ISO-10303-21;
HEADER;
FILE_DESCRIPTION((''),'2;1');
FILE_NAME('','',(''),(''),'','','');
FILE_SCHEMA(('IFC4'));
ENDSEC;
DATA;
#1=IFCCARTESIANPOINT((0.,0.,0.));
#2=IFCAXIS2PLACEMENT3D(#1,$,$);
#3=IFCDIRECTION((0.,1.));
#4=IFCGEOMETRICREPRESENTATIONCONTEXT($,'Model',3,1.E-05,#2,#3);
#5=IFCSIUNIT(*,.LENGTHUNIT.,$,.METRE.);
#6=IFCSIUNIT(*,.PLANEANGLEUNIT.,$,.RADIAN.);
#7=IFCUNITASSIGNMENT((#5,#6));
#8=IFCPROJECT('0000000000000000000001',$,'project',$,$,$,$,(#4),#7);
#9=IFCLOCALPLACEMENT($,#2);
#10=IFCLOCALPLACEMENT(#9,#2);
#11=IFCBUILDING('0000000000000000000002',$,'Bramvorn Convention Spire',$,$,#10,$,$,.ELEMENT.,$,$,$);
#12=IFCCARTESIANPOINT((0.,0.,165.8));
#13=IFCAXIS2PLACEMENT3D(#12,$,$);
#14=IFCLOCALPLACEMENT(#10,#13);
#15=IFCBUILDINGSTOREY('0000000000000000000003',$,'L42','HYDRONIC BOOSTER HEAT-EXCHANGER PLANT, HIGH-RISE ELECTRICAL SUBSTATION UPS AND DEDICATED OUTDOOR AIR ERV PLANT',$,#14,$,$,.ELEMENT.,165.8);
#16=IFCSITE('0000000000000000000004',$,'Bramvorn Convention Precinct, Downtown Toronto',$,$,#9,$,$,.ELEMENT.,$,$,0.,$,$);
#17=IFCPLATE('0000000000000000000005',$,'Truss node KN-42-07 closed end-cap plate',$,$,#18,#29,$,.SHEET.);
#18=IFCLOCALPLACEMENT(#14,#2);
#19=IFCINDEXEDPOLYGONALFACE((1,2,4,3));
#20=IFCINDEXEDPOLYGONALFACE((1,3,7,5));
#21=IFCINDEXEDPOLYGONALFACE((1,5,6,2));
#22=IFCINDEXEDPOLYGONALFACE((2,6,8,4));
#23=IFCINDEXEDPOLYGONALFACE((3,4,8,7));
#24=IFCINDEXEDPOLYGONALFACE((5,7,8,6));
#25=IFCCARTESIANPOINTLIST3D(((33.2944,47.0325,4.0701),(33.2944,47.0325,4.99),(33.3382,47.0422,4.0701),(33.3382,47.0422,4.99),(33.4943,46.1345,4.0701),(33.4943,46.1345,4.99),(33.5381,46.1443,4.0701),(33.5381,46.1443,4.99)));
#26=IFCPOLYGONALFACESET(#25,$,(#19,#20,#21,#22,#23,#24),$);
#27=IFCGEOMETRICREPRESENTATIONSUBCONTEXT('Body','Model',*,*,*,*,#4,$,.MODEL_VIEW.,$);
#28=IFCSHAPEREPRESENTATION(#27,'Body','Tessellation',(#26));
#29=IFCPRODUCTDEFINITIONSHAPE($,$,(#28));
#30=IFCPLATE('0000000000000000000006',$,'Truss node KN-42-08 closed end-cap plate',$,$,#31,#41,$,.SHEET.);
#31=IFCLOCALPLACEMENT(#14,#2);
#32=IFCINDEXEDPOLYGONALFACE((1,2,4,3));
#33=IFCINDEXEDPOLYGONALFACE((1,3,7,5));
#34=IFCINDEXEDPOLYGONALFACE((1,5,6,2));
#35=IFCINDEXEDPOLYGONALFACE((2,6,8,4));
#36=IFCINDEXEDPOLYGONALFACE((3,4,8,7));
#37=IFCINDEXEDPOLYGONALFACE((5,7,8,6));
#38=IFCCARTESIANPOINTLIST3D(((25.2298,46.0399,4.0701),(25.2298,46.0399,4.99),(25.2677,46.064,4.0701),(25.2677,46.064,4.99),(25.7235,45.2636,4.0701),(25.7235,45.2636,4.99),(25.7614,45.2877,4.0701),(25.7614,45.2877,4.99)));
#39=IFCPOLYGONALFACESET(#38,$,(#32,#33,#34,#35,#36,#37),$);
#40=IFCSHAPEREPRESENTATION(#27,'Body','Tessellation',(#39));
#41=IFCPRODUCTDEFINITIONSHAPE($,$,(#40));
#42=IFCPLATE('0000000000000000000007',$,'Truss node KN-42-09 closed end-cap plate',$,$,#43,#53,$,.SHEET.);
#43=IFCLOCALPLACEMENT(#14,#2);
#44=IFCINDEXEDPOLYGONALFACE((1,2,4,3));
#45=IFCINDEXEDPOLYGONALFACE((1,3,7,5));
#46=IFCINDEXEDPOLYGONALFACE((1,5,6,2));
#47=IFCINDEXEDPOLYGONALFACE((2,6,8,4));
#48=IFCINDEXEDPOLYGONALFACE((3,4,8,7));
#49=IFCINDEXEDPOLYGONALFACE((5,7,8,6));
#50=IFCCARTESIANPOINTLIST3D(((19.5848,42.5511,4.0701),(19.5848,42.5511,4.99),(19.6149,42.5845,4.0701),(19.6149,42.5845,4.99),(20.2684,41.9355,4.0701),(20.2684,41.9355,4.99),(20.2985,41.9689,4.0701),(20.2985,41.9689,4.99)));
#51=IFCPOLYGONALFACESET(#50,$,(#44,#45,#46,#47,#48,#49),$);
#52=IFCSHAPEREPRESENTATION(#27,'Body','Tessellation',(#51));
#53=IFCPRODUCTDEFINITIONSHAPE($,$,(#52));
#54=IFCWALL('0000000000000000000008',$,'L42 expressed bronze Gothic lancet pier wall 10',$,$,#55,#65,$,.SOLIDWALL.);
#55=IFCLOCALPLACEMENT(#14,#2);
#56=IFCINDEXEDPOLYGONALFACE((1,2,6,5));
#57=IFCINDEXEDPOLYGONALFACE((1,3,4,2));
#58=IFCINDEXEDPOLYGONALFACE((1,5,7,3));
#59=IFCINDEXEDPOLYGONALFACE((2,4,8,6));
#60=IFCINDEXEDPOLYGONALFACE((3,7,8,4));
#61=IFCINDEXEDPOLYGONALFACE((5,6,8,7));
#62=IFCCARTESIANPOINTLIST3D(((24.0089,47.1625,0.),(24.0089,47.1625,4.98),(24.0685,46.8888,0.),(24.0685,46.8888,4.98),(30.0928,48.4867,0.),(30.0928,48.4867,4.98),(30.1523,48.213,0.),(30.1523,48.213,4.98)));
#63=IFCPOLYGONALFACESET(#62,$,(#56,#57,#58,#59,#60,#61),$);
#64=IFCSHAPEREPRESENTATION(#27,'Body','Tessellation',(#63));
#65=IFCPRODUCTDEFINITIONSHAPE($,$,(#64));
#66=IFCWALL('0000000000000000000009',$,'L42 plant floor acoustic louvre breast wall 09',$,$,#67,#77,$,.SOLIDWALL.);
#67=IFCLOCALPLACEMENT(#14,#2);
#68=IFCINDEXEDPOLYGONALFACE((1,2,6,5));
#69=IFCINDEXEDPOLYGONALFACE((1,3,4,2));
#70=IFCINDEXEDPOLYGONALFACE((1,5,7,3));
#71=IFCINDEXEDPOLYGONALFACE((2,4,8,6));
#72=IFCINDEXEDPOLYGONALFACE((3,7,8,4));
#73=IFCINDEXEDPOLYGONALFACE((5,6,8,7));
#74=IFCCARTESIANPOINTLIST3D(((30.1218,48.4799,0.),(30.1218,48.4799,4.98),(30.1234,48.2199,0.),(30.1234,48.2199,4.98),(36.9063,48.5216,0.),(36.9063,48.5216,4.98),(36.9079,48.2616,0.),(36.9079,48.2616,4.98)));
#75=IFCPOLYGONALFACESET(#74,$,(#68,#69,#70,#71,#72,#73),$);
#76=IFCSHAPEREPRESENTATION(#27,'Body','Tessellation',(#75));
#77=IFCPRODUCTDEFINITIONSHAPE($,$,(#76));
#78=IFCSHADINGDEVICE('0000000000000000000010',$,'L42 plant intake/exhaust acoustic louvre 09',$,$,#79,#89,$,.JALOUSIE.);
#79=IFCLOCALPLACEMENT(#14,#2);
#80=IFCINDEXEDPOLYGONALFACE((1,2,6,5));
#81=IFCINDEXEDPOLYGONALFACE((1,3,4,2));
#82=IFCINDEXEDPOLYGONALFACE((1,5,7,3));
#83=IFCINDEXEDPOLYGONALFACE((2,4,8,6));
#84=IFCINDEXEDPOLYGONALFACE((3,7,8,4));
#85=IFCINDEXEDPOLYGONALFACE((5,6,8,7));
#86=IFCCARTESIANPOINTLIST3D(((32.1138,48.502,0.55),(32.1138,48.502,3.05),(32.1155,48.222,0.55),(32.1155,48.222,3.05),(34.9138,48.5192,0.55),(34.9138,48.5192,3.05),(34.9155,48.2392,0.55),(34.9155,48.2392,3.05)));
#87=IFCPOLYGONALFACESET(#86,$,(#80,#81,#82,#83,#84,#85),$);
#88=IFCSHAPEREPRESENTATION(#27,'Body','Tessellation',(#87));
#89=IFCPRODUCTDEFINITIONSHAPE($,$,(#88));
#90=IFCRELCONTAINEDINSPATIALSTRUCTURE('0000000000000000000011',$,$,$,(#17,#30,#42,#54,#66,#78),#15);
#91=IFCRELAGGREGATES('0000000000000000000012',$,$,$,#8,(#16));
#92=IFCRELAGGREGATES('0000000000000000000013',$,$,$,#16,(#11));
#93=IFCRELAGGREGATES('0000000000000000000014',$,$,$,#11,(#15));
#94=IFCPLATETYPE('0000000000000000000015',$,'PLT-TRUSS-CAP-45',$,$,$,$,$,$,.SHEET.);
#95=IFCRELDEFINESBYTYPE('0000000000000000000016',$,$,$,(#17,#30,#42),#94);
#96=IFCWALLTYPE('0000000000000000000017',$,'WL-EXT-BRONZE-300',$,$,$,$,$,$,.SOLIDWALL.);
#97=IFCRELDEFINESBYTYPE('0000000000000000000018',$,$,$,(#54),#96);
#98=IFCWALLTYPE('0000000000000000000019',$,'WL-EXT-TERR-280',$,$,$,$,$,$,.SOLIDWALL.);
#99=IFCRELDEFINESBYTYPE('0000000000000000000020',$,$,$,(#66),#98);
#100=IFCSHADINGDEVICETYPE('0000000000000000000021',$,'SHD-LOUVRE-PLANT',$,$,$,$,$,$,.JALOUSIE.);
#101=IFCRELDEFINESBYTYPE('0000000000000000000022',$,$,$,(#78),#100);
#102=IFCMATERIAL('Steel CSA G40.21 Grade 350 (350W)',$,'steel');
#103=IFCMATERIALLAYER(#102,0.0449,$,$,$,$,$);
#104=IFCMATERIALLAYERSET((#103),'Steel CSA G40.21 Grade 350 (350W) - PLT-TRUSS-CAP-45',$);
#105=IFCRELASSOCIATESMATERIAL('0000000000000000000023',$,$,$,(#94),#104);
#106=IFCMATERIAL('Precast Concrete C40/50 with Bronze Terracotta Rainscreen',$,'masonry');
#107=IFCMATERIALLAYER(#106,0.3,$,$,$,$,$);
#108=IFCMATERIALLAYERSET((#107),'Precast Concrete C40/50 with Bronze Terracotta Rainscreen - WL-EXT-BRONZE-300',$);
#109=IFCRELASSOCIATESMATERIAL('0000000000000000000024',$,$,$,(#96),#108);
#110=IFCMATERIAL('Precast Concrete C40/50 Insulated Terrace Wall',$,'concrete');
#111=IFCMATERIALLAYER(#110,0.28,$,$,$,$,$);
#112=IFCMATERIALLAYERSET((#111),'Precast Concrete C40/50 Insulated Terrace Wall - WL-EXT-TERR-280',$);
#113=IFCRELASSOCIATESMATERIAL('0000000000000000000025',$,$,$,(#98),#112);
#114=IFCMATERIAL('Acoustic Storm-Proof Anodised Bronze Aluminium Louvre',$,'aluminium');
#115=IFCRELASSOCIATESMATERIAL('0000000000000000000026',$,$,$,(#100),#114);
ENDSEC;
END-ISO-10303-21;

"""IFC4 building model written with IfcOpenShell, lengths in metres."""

from ifc_helpers import new_model, si_unit, direction, frame, frame_2d, origin, origin_2d, place, context, subcontext, project, spatial, rectangle, extrude, material, layer, layer_set, type_object, element, save


model = new_model("IFC4")

# Units and contexts
model_context = context("Model", 3, precision=1e-05, world=origin(), true_north=direction((0.0, 1.0)))
body_context = subcontext(model_context, "Body", "Model", "MODEL_VIEW")
ifc_project = project(units=[si_unit("LENGTHUNIT", "METRE"), si_unit("PLANEANGLEUNIT", "RADIAN")], contexts=[model_context])

# Site, building, storey
site_placement = place(None, origin())
site = spatial("IfcSite", under=ifc_project, at=site_placement, Name="Bramvorn Convention Precinct, Downtown Toronto", CompositionType="ELEMENT", RefElevation=0.0)
building_placement = place(site_placement, origin())
building = spatial("IfcBuilding", under=site, at=building_placement, Name="Bramvorn Convention Spire", CompositionType="ELEMENT")
storey_placement = place(building_placement, frame((0.0, 0.0, 165.8)))
storey = spatial("IfcBuildingStorey", under=building, at=storey_placement, Name="L42", Description="HYDRONIC BOOSTER HEAT-EXCHANGER PLANT, HIGH-RISE ELECTRICAL SUBSTATION UPS AND DEDICATED OUTDOOR AIR ERV PLANT", CompositionType="ELEMENT", Elevation=165.8)

# Shared definitions
ifc_material_1 = material(Name="Steel CSA G40.21 Grade 350 (350W)", Category="steel")

# Plates
ifc_layer_1 = layer(ifc_material_1, 0.0449)
ifc_layer_set_1 = layer_set([ifc_layer_1], Name="Steel CSA G40.21 Grade 350 (350W) - PLT-TRUSS-CAP-45")
plate_type_1 = type_object("IfcPlateType", Name="PLT-TRUSS-CAP-45", PredefinedType="SHEET", material=ifc_layer_set_1)
for number, where, z_axis, x_axis, name in (
    (1, (33.4163, 46.5884, 4.0701), (0.0, 0.0, 1.0), (-0.21732, 0.9761, 0.0), "Truss node KN-42-07 closed end-cap plate"),
    (2, (25.4956, 45.6638, 4.0701), (0.0, 0.0, 1.0), (-0.536606, 0.843833, 0.0), "Truss node KN-42-08 closed end-cap plate"),
    (3, (19.9417, 42.26, 4.0701), (0.0, 0.0, 1.0), (-0.743144, 0.669132, 0.0), "Truss node KN-42-09 closed end-cap plate"),
):
    element("IfcPlate", number, at=place(storey_placement, frame(where, z_axis=z_axis, x_axis=x_axis)), inside=storey, type_object=plate_type_1, Name=name, PredefinedType="SHEET", context=body_context, shape_type="SweptSolid", body=[
        extrude(rectangle(XDim=0.9199, YDim=0.0449, at=origin_2d()), origin(), (0.0, 0.0, 1.0), 0.9199),
    ])

# Walls
ifc_material_2 = material(Name="Precast Concrete C40/50 with Bronze Terracotta Rainscreen", Category="masonry")
ifc_layer_2 = layer(ifc_material_2, 0.3)
ifc_layer_set_2 = layer_set([ifc_layer_2], Name="Precast Concrete C40/50 with Bronze Terracotta Rainscreen - WL-EXT-BRONZE-300")
wall_type_1 = type_object("IfcWallType", Name="WL-EXT-BRONZE-300", PredefinedType="SOLIDWALL", material=ifc_layer_set_2)
wall_1_placement = place(storey_placement, frame((24.0386, 47.0256, 0.0), z_axis=(0.0, 0.0, 1.0), x_axis=(0.977123, 0.212677, 0.0)))
element("IfcWall", 4, at=wall_1_placement, inside=storey, type_object=wall_type_1, Name="L42 expressed bronze Gothic lancet pier wall 10", PredefinedType="SOLIDWALL", context=body_context, shape_type="SweptSolid", body=[
    extrude(rectangle(XDim=6.2263, YDim=0.28, at=frame_2d((3.1133, 0.0))), origin(), (0.0, 0.0, 1.0), 4.98),
])
ifc_material_3 = material(Name="Precast Concrete C40/50 Insulated Terrace Wall", Category="concrete")
ifc_layer_3 = layer(ifc_material_3, 0.28)
ifc_layer_set_3 = layer_set([ifc_layer_3], Name="Precast Concrete C40/50 Insulated Terrace Wall - WL-EXT-TERR-280")
wall_type_2 = type_object("IfcWallType", Name="WL-EXT-TERR-280", PredefinedType="SOLIDWALL", material=ifc_layer_set_3)
wall_2_placement = place(storey_placement, frame((30.1226, 48.3499, 0.0), z_axis=(0.0, 0.0, 1.0), x_axis=(0.999981, 0.006153, 0.0)))
element("IfcWall", 5, at=wall_2_placement, inside=storey, type_object=wall_type_2, Name="L42 plant floor acoustic louvre breast wall 09", PredefinedType="SOLIDWALL", context=body_context, shape_type="SweptSolid", body=[
    extrude(rectangle(XDim=6.7847, YDim=0.26, at=frame_2d((3.3923, 0.0))), origin(), (0.0, 0.0, 1.0), 4.98),
])

# Shading device
ifc_material_4 = material(Name="Acoustic Storm-Proof Anodised Bronze Aluminium Louvre", Category="aluminium")
shading_device_type = type_object("IfcShadingDeviceType", Name="SHD-LOUVRE-PLANT", PredefinedType="JALOUSIE", material=ifc_material_4)
shading_device_placement = place(storey_placement, frame((33.5146, 48.3706, 0.55), z_axis=(0.0, 0.0, 1.0), x_axis=(0.999981, 0.006161, 0.0)))
element("IfcShadingDevice", 6, at=shading_device_placement, inside=storey, type_object=shading_device_type, Name="L42 plant intake/exhaust acoustic louvre 09", PredefinedType="JALOUSIE", context=body_context, shape_type="SweptSolid", body=[
    extrude(rectangle(XDim=2.8, YDim=0.28, at=origin_2d()), origin(), (0.0, 0.0, 1.0), 2.5),
])

save(model, "model.ifc")
